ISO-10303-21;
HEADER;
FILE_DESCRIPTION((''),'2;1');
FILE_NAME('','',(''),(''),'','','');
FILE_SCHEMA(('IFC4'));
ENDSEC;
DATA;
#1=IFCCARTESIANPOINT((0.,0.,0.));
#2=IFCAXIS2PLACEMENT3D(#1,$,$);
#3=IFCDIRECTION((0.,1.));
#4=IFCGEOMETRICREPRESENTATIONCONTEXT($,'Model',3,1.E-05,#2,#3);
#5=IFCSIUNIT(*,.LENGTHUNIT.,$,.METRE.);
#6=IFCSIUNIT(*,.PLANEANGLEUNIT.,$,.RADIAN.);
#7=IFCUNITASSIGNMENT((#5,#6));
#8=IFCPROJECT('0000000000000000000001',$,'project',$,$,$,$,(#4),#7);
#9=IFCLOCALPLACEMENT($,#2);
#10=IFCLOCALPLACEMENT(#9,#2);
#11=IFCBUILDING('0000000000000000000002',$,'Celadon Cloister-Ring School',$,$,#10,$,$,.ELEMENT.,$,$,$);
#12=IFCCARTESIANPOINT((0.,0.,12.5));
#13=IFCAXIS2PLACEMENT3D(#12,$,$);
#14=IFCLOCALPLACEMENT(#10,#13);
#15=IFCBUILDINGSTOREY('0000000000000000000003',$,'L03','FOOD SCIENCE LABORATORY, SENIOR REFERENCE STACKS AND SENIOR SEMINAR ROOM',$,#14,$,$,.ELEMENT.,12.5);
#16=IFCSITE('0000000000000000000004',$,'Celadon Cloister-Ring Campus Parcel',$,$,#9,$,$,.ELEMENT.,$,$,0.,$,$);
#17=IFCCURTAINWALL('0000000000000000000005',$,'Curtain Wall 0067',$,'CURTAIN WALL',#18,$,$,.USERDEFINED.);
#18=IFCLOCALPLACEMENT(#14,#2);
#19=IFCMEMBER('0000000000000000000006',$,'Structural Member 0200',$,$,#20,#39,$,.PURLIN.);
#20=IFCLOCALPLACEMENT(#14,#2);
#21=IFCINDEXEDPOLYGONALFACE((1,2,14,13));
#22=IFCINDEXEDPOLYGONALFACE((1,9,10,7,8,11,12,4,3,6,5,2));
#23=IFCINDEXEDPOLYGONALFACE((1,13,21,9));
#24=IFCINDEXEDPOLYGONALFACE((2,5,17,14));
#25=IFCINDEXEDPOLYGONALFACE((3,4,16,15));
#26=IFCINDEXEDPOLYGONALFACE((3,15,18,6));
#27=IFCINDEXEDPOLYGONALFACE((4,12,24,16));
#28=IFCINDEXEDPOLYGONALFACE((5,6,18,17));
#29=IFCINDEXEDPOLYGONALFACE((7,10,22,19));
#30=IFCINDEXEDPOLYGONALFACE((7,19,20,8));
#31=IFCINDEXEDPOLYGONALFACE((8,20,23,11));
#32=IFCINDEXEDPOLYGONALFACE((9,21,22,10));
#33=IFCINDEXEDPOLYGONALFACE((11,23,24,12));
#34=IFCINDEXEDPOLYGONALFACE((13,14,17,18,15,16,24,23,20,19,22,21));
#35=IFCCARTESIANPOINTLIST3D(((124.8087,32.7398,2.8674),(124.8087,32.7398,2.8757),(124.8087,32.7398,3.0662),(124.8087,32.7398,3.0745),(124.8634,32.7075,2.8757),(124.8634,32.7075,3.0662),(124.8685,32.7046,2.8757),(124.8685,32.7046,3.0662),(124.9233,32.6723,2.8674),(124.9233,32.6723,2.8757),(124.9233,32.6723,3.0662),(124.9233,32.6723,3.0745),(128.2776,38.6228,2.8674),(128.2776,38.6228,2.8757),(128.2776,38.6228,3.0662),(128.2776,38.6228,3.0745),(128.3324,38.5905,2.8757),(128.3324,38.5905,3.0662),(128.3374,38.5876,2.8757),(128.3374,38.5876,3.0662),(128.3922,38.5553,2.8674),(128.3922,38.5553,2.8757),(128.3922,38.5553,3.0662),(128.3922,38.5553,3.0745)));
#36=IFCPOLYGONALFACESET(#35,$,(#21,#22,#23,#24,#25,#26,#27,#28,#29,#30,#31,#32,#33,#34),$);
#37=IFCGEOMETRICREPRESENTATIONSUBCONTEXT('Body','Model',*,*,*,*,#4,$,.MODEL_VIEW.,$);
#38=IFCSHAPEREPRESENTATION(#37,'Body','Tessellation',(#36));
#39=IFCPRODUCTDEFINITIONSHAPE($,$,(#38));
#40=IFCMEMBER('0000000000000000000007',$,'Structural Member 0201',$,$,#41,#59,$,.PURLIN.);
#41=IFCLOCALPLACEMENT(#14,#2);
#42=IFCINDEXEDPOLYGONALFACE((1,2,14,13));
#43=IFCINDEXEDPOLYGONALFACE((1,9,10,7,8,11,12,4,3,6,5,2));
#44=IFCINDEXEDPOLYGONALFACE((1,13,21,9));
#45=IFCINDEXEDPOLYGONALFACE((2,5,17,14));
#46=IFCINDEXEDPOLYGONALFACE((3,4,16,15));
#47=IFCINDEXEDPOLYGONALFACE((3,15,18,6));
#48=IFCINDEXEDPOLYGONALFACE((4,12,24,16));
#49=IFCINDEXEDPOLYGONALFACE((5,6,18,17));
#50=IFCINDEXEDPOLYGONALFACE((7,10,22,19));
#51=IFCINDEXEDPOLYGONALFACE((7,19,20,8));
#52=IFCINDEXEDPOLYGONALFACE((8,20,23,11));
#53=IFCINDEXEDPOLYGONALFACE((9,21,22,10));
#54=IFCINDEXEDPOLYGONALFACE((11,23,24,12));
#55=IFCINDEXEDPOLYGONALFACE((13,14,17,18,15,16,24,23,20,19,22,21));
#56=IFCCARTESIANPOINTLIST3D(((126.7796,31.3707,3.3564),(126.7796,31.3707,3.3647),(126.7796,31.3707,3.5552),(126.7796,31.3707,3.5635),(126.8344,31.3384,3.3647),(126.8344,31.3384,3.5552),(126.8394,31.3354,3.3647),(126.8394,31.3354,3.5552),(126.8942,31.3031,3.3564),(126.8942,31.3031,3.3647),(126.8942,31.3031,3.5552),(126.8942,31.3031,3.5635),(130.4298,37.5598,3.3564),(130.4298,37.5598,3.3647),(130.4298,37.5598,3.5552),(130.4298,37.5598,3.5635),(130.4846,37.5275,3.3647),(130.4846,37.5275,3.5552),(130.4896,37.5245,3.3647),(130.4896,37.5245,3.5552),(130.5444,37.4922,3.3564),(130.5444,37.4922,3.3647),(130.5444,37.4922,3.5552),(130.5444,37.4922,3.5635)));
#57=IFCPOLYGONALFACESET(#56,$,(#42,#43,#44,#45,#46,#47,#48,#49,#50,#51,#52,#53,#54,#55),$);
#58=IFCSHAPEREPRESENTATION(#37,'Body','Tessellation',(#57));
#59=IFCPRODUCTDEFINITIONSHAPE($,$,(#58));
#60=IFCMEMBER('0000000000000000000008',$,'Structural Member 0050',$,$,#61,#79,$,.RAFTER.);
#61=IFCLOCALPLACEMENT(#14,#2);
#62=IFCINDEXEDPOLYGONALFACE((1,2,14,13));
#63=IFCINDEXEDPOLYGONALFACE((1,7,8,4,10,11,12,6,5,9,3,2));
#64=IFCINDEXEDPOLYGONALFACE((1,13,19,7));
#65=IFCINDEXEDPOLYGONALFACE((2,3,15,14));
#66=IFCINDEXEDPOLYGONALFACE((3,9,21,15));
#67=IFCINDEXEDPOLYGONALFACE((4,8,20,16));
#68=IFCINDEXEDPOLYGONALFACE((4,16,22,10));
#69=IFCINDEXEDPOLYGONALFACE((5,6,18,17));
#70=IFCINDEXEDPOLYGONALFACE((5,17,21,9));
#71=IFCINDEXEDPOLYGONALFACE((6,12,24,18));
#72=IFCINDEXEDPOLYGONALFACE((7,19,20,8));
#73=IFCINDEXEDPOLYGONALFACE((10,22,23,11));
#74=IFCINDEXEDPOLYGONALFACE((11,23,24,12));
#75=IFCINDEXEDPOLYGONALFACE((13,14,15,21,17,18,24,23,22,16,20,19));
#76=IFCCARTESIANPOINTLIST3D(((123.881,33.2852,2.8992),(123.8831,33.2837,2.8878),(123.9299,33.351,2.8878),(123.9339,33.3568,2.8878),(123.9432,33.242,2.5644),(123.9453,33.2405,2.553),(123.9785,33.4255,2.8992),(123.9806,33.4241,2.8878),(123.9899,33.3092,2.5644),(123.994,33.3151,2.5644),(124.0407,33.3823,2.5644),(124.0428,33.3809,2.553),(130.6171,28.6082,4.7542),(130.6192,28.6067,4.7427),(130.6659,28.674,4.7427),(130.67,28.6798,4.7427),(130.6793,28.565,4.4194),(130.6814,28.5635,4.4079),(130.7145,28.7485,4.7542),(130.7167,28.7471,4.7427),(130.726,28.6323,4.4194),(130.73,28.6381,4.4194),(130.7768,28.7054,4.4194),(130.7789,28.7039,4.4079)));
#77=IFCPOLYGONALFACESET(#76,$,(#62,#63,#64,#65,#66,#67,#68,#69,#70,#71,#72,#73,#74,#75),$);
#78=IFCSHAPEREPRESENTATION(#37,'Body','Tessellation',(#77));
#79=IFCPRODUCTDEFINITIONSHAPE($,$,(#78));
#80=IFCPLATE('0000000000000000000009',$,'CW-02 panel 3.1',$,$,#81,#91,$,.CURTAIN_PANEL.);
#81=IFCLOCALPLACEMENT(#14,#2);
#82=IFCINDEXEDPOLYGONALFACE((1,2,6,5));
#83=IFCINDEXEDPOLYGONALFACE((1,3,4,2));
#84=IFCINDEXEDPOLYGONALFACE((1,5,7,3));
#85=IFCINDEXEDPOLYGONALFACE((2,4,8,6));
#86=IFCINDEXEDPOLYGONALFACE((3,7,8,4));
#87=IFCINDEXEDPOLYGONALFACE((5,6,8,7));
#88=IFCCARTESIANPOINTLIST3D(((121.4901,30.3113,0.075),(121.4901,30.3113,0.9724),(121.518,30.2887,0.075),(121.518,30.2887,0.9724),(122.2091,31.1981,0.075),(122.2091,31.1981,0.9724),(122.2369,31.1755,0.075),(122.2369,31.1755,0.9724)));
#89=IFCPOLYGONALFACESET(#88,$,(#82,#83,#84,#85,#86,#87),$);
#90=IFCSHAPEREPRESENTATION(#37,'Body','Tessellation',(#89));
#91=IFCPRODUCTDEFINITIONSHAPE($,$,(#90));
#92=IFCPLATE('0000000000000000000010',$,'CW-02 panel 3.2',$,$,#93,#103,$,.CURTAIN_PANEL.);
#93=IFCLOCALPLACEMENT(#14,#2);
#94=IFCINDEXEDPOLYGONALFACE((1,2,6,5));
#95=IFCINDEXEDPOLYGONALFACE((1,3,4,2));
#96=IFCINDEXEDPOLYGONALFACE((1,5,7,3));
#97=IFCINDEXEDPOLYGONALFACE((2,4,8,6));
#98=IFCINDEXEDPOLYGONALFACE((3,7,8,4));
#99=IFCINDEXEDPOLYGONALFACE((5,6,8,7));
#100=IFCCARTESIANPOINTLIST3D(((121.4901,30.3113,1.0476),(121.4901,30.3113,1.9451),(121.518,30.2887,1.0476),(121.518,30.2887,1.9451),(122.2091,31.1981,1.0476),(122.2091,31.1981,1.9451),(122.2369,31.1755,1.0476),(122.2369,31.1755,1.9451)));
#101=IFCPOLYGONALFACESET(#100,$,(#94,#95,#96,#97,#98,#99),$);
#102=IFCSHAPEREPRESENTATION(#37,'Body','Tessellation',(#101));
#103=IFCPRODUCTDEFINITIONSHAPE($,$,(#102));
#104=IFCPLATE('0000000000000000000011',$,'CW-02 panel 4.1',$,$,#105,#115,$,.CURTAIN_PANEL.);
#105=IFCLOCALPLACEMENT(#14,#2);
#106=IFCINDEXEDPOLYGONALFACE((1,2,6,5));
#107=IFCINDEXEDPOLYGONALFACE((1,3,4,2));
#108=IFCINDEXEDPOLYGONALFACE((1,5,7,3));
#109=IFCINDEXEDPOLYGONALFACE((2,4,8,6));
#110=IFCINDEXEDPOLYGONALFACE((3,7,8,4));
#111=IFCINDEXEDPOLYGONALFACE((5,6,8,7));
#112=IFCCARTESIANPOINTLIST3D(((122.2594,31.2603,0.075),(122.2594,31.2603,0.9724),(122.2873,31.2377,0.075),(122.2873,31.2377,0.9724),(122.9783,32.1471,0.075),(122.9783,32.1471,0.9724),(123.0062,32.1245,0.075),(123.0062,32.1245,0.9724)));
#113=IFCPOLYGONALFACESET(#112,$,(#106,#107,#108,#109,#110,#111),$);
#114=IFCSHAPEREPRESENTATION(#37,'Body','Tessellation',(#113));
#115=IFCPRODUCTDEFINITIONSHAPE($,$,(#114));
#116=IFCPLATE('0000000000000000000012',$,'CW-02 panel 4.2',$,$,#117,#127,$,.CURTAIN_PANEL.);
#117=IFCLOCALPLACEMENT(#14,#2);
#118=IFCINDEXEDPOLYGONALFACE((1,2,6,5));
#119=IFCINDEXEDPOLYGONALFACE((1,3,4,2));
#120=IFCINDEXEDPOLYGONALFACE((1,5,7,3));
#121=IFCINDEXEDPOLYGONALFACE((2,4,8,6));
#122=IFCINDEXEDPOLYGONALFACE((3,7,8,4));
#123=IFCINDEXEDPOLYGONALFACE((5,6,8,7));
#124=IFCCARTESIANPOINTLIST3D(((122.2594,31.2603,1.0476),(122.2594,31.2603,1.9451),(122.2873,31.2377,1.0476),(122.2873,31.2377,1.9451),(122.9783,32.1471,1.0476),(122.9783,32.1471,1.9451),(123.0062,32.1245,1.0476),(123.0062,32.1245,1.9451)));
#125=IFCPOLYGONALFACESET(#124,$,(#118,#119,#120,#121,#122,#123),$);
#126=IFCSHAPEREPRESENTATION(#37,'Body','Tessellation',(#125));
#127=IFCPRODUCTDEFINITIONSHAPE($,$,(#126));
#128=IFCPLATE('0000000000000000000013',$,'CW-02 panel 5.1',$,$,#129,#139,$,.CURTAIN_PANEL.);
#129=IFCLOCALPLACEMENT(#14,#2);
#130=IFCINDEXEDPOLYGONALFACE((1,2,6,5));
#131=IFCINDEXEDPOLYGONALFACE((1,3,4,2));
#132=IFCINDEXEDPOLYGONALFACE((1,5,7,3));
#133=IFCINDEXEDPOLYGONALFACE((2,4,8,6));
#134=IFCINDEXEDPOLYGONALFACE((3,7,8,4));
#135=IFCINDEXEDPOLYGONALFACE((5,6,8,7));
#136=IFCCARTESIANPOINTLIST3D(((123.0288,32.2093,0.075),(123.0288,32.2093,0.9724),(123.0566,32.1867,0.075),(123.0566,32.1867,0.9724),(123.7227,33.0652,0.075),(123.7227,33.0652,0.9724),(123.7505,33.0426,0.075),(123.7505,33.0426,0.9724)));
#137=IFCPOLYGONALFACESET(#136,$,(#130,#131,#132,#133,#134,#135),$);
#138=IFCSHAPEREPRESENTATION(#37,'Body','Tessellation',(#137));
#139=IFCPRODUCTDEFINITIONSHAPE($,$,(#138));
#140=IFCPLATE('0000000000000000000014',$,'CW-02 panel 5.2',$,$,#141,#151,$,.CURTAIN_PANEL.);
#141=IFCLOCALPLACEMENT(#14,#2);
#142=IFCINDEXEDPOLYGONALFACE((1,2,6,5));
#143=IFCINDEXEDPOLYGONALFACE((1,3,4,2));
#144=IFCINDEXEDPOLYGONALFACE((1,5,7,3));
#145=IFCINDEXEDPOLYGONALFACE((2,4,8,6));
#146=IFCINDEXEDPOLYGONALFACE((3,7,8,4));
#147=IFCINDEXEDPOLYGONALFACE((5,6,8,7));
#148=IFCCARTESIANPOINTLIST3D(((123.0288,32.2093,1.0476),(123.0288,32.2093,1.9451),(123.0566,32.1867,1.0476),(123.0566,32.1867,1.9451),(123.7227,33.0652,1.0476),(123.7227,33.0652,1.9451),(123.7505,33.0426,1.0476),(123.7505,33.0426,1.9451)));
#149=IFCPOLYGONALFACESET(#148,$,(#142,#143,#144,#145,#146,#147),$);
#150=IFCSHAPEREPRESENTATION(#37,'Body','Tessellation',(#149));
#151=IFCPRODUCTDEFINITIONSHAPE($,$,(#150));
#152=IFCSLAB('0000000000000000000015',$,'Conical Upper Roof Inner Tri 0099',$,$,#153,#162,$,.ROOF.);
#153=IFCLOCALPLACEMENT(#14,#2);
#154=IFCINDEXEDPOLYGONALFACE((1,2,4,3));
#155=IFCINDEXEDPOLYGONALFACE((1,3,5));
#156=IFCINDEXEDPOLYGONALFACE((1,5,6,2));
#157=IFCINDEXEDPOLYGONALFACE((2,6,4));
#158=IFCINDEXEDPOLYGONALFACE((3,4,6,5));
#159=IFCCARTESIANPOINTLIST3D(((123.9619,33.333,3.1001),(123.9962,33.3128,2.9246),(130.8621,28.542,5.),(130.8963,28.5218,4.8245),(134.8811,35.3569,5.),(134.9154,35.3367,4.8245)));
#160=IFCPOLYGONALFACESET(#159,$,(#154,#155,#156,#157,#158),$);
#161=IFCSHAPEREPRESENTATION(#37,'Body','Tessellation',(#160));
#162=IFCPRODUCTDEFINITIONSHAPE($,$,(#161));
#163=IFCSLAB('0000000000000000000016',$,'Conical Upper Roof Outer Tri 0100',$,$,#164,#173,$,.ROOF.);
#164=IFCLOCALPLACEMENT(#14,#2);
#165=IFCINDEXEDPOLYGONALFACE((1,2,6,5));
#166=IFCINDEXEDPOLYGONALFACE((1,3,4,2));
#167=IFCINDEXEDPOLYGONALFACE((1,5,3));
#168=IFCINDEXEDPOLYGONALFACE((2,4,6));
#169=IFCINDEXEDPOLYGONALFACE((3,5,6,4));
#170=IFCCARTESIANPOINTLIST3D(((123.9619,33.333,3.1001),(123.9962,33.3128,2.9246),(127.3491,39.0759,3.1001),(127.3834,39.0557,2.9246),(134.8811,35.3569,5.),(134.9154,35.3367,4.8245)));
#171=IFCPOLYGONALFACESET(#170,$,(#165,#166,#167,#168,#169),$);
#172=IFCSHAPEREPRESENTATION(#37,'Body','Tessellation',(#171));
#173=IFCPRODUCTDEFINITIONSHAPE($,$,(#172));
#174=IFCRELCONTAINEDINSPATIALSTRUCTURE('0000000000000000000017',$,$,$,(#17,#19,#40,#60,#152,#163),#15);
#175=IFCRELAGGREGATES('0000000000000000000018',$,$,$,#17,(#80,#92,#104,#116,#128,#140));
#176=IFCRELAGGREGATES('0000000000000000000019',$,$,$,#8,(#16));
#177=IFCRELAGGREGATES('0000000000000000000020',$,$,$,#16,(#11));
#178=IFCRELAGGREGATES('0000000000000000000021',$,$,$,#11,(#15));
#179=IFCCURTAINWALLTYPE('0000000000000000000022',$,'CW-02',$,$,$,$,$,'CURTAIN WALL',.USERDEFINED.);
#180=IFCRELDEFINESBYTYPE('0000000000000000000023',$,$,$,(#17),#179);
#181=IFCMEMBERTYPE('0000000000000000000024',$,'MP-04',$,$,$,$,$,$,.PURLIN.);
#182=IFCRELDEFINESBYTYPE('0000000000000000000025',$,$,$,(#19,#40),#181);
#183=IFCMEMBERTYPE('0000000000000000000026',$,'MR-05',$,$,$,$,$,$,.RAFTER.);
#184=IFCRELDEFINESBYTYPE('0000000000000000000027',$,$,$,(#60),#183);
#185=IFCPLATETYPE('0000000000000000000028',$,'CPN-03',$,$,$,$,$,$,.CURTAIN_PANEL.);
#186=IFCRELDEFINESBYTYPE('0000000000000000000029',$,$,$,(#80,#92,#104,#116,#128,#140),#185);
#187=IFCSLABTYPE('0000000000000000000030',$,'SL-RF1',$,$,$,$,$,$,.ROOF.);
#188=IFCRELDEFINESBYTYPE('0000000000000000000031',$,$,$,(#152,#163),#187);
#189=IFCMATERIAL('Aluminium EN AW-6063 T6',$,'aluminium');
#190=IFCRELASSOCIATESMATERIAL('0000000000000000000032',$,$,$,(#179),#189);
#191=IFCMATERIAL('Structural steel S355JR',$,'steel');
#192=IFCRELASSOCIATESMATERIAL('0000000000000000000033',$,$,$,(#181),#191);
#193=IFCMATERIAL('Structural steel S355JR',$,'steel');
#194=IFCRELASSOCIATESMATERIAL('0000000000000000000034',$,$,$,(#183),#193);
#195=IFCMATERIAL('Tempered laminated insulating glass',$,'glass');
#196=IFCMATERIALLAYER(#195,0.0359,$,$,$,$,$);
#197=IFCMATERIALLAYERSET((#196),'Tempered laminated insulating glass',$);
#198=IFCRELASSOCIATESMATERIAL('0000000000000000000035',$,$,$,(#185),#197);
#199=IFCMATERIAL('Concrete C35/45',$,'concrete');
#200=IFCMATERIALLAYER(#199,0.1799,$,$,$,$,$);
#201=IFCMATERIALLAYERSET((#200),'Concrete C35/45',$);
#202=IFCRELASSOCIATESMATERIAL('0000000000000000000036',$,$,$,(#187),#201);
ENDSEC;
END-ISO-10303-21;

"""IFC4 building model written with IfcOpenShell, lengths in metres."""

from ifc_helpers import new_model, si_unit, direction, frame, origin, origin_2d, place, context, subcontext, project, spatial, polyline, rectangle, i_section, outline, extrude, material, layer, layer_set, material_profile, profile_set, type_object, element, aggregate, save


model = new_model("IFC4")

# Units and contexts
model_context = context("Model", 3, precision=1e-05, world=origin(), true_north=direction((0.0, 1.0)))
body_context = subcontext(model_context, "Body", "Model", "MODEL_VIEW")
ifc_project = project(units=[si_unit("LENGTHUNIT", "METRE"), si_unit("PLANEANGLEUNIT", "RADIAN")], contexts=[model_context])

# Site, building, storey
site_placement = place(None, origin())
site = spatial("IfcSite", under=ifc_project, at=site_placement, Name="Celadon Cloister-Ring Campus Parcel", CompositionType="ELEMENT", RefElevation=0.0)
building_placement = place(site_placement, origin())
building = spatial("IfcBuilding", under=site, at=building_placement, Name="Celadon Cloister-Ring School", CompositionType="ELEMENT")
storey_placement = place(building_placement, frame((0.0, 0.0, 12.5)))
storey = spatial("IfcBuildingStorey", under=building, at=storey_placement, Name="L03", Description="FOOD SCIENCE LABORATORY, SENIOR REFERENCE STACKS AND SENIOR SEMINAR ROOM", CompositionType="ELEMENT", Elevation=12.5)

# Curtain wall
ifc_material_1 = material(Name="Aluminium EN AW-6063 T6", Category="aluminium")
curtain_wall_type = type_object("IfcCurtainWallType", Name="CW-02", ElementType="CURTAIN WALL", PredefinedType="USERDEFINED", material=ifc_material_1)
curtain_wall_placement = place(storey_placement, origin())
curtain_wall = element("IfcCurtainWall", 1, at=curtain_wall_placement, inside=storey, type_object=curtain_wall_type, Name="Curtain Wall 0067", ObjectType="CURTAIN WALL", PredefinedType="USERDEFINED")

# Members
ifc_material_2 = material(Name="Structural steel S355JR", Category="steel")
ifc_material_profile_1 = material_profile(ifc_material_2, i_section(OverallWidth=0.1331, OverallDepth=0.207, WebThickness=0.0059, FlangeThickness=0.0083, at=origin_2d()), Name="W200X27")
ifc_profile_set_1 = profile_set([ifc_material_profile_1], Name="Structural steel S355JR")
member_type_1 = type_object("IfcMemberType", Name="MP-04", PredefinedType="PURLIN", material=ifc_profile_set_1)
member_1_placement = place(storey_placement, frame((124.866, 32.7061, 2.9709), z_axis=(0.507931, 0.861398, 0.0), x_axis=(-0.861398, 0.507931, 0.0)))
element("IfcMember", 2, at=member_1_placement, inside=storey, type_object=member_type_1, Name="Structural Member 0200", PredefinedType="PURLIN", context=body_context, shape_type="SweptSolid", body=[
    extrude(i_section(OverallWidth=0.1331, OverallDepth=0.207, WebThickness=0.0059, FlangeThickness=0.0083, at=origin_2d()), origin(), (0.0, 0.0, 1.0), 6.8296),
])
member_2_placement = place(storey_placement, frame((126.8369, 31.3369, 3.46), z_axis=(0.50801, 0.861351, 0.0), x_axis=(-0.861351, 0.50801, 0.0)))
element("IfcMember", 3, at=member_2_placement, inside=storey, type_object=member_type_1, Name="Structural Member 0201", PredefinedType="PURLIN", context=body_context, shape_type="SweptSolid", body=[
    extrude(i_section(OverallWidth=0.1331, OverallDepth=0.207, WebThickness=0.0059, FlangeThickness=0.0083, at=origin_2d()), origin(), (0.0, 0.0, 1.0), 7.1853),
])
ifc_material_3 = material(Name="Structural steel S355JR", Category="steel")
ifc_material_profile_2 = material_profile(ifc_material_3, i_section(OverallWidth=0.1709, OverallDepth=0.355, WebThickness=0.0071, FlangeThickness=0.0117, at=origin_2d()), Name="W360X51")
ifc_profile_set_2 = profile_set([ifc_material_profile_2], Name="Structural steel S355JR")
member_type_2 = type_object("IfcMemberType", Name="MR-05", PredefinedType="RAFTER", material=ifc_profile_set_2)
member_3_placement = place(storey_placement, frame((123.9619, 33.333, 2.7261), z_axis=(0.801176, -0.556273, 0.220628), x_axis=(0.570327, 0.821418, 0.0)))
element("IfcMember", 4, at=member_3_placement, inside=storey, type_object=member_type_2, Name="Structural Member 0050", PredefinedType="RAFTER", context=body_context, shape_type="SweptSolid", body=[
    extrude(i_section(OverallWidth=0.1709, OverallDepth=0.355, WebThickness=0.0071, FlangeThickness=0.0117, at=origin_2d()), origin(), (0.0, 0.0, 1.0), 8.4077),
])

# Plates
ifc_material_4 = material(Name="Tempered laminated insulating glass", Category="glass")
ifc_layer_1 = layer(ifc_material_4, 0.0359)
ifc_layer_set_1 = layer_set([ifc_layer_1], Name="Tempered laminated insulating glass")
plate_type = type_object("IfcPlateType", Name="CPN-03", PredefinedType="CURTAIN_PANEL", material=ifc_layer_set_1)
plate_1_placement = place(storey_placement, frame((121.8635, 30.7434, 0.075), z_axis=(0.0, 0.0, 1.0), x_axis=(0.629773, 0.77678, 0.0)))
plate_1 = element("IfcPlate", 5, at=plate_1_placement, type_object=plate_type, Name="CW-02 panel 3.1", PredefinedType="CURTAIN_PANEL", context=body_context, shape_type="SweptSolid", body=[
    extrude(rectangle(XDim=1.1416, YDim=0.0359, at=origin_2d()), origin(), (0.0, 0.0, 1.0), 0.8975),
])
plate_2_placement = place(storey_placement, frame((121.8635, 30.7434, 1.0476), z_axis=(0.0, 0.0, 1.0), x_axis=(0.629773, 0.77678, 0.0)))
plate_2 = element("IfcPlate", 6, at=plate_2_placement, type_object=plate_type, Name="CW-02 panel 3.2", PredefinedType="CURTAIN_PANEL", context=body_context, shape_type="SweptSolid", body=[
    extrude(rectangle(XDim=1.1416, YDim=0.0359, at=origin_2d()), origin(), (0.0, 0.0, 1.0), 0.8975),
])
plate_3_placement = place(storey_placement, frame((122.6328, 31.6924, 0.075), z_axis=(0.0, 0.0, 1.0), x_axis=(0.629773, 0.77678, 0.0)))
plate_3 = element("IfcPlate", 7, at=plate_3_placement, type_object=plate_type, Name="CW-02 panel 4.1", PredefinedType="CURTAIN_PANEL", context=body_context, shape_type="SweptSolid", body=[
    extrude(rectangle(XDim=1.1416, YDim=0.0359, at=origin_2d()), origin(), (0.0, 0.0, 1.0), 0.8975),
])
plate_4_placement = place(storey_placement, frame((122.6328, 31.6924, 1.0476), z_axis=(0.0, 0.0, 1.0), x_axis=(0.629773, 0.77678, 0.0)))
plate_4 = element("IfcPlate", 8, at=plate_4_placement, type_object=plate_type, Name="CW-02 panel 4.2", PredefinedType="CURTAIN_PANEL", context=body_context, shape_type="SweptSolid", body=[
    extrude(rectangle(XDim=1.1416, YDim=0.0359, at=origin_2d()), origin(), (0.0, 0.0, 1.0), 0.8975),
])
plate_5_placement = place(storey_placement, frame((123.3896, 32.626, 0.075), z_axis=(0.0, 0.0, 1.0), x_axis=(0.629773, 0.77678, 0.0)))
plate_5 = element("IfcPlate", 9, at=plate_5_placement, type_object=plate_type, Name="CW-02 panel 5.1", PredefinedType="CURTAIN_PANEL", context=body_context, shape_type="SweptSolid", body=[
    extrude(rectangle(XDim=1.1018, YDim=0.0359, at=origin_2d()), origin(), (0.0, 0.0, 1.0), 0.8975),
])
plate_6_placement = place(storey_placement, frame((123.3896, 32.626, 1.0476), z_axis=(0.0, 0.0, 1.0), x_axis=(0.629773, 0.77678, 0.0)))
plate_6 = element("IfcPlate", 10, at=plate_6_placement, type_object=plate_type, Name="CW-02 panel 5.2", PredefinedType="CURTAIN_PANEL", context=body_context, shape_type="SweptSolid", body=[
    extrude(rectangle(XDim=1.1018, YDim=0.0359, at=origin_2d()), origin(), (0.0, 0.0, 1.0), 0.8975),
])
aggregate(curtain_wall, [plate_1, plate_2, plate_3, plate_4, plate_5, plate_6])

# Slabs
ifc_material_5 = material(Name="Concrete C35/45", Category="concrete")
ifc_layer_2 = layer(ifc_material_5, 0.1799)
ifc_layer_set_2 = layer_set([ifc_layer_2], Name="Concrete C35/45")
slab_type = type_object("IfcSlabType", Name="SL-RF1", PredefinedType="ROOF", material=ifc_layer_set_2)
slab_1_placement = place(storey_placement, frame((123.9619, 33.333, 3.1001), z_axis=(-0.190513, 0.112353, 0.975234), x_axis=(0.801176, -0.556285, 0.220598)))
element("IfcSlab", 11, at=slab_1_placement, inside=storey, type_object=slab_type, Name="Conical Upper Roof Inner Tri 0099", PredefinedType="ROOF", context=body_context, shape_type="SweptSolid", body=[
    extrude(outline(polyline([(0.0, 0.0), (8.6125, 0.0), (8.0414, 7.8911), (0.0, 0.0)])), origin(), (0.0, 0.0, -1.0), 0.1799),
])
slab_2_placement = place(storey_placement, frame((123.9619, 33.333, 3.1001), z_axis=(-0.190515, 0.112367, 0.975232), x_axis=(0.969171, 0.179641, 0.168632)))
element("IfcSlab", 12, at=slab_2_placement, inside=storey, type_object=slab_type, Name="Conical Upper Roof Outer Tri 0100", PredefinedType="ROOF", context=body_context, shape_type="SweptSolid", body=[
    extrude(outline(polyline([(0.0, 0.0), (11.2665, 0.0), (4.3144, 5.0833), (0.0, 0.0)])), origin(), (0.0, 0.0, -1.0), 0.1799),
])

save(model, "model.ifc")
